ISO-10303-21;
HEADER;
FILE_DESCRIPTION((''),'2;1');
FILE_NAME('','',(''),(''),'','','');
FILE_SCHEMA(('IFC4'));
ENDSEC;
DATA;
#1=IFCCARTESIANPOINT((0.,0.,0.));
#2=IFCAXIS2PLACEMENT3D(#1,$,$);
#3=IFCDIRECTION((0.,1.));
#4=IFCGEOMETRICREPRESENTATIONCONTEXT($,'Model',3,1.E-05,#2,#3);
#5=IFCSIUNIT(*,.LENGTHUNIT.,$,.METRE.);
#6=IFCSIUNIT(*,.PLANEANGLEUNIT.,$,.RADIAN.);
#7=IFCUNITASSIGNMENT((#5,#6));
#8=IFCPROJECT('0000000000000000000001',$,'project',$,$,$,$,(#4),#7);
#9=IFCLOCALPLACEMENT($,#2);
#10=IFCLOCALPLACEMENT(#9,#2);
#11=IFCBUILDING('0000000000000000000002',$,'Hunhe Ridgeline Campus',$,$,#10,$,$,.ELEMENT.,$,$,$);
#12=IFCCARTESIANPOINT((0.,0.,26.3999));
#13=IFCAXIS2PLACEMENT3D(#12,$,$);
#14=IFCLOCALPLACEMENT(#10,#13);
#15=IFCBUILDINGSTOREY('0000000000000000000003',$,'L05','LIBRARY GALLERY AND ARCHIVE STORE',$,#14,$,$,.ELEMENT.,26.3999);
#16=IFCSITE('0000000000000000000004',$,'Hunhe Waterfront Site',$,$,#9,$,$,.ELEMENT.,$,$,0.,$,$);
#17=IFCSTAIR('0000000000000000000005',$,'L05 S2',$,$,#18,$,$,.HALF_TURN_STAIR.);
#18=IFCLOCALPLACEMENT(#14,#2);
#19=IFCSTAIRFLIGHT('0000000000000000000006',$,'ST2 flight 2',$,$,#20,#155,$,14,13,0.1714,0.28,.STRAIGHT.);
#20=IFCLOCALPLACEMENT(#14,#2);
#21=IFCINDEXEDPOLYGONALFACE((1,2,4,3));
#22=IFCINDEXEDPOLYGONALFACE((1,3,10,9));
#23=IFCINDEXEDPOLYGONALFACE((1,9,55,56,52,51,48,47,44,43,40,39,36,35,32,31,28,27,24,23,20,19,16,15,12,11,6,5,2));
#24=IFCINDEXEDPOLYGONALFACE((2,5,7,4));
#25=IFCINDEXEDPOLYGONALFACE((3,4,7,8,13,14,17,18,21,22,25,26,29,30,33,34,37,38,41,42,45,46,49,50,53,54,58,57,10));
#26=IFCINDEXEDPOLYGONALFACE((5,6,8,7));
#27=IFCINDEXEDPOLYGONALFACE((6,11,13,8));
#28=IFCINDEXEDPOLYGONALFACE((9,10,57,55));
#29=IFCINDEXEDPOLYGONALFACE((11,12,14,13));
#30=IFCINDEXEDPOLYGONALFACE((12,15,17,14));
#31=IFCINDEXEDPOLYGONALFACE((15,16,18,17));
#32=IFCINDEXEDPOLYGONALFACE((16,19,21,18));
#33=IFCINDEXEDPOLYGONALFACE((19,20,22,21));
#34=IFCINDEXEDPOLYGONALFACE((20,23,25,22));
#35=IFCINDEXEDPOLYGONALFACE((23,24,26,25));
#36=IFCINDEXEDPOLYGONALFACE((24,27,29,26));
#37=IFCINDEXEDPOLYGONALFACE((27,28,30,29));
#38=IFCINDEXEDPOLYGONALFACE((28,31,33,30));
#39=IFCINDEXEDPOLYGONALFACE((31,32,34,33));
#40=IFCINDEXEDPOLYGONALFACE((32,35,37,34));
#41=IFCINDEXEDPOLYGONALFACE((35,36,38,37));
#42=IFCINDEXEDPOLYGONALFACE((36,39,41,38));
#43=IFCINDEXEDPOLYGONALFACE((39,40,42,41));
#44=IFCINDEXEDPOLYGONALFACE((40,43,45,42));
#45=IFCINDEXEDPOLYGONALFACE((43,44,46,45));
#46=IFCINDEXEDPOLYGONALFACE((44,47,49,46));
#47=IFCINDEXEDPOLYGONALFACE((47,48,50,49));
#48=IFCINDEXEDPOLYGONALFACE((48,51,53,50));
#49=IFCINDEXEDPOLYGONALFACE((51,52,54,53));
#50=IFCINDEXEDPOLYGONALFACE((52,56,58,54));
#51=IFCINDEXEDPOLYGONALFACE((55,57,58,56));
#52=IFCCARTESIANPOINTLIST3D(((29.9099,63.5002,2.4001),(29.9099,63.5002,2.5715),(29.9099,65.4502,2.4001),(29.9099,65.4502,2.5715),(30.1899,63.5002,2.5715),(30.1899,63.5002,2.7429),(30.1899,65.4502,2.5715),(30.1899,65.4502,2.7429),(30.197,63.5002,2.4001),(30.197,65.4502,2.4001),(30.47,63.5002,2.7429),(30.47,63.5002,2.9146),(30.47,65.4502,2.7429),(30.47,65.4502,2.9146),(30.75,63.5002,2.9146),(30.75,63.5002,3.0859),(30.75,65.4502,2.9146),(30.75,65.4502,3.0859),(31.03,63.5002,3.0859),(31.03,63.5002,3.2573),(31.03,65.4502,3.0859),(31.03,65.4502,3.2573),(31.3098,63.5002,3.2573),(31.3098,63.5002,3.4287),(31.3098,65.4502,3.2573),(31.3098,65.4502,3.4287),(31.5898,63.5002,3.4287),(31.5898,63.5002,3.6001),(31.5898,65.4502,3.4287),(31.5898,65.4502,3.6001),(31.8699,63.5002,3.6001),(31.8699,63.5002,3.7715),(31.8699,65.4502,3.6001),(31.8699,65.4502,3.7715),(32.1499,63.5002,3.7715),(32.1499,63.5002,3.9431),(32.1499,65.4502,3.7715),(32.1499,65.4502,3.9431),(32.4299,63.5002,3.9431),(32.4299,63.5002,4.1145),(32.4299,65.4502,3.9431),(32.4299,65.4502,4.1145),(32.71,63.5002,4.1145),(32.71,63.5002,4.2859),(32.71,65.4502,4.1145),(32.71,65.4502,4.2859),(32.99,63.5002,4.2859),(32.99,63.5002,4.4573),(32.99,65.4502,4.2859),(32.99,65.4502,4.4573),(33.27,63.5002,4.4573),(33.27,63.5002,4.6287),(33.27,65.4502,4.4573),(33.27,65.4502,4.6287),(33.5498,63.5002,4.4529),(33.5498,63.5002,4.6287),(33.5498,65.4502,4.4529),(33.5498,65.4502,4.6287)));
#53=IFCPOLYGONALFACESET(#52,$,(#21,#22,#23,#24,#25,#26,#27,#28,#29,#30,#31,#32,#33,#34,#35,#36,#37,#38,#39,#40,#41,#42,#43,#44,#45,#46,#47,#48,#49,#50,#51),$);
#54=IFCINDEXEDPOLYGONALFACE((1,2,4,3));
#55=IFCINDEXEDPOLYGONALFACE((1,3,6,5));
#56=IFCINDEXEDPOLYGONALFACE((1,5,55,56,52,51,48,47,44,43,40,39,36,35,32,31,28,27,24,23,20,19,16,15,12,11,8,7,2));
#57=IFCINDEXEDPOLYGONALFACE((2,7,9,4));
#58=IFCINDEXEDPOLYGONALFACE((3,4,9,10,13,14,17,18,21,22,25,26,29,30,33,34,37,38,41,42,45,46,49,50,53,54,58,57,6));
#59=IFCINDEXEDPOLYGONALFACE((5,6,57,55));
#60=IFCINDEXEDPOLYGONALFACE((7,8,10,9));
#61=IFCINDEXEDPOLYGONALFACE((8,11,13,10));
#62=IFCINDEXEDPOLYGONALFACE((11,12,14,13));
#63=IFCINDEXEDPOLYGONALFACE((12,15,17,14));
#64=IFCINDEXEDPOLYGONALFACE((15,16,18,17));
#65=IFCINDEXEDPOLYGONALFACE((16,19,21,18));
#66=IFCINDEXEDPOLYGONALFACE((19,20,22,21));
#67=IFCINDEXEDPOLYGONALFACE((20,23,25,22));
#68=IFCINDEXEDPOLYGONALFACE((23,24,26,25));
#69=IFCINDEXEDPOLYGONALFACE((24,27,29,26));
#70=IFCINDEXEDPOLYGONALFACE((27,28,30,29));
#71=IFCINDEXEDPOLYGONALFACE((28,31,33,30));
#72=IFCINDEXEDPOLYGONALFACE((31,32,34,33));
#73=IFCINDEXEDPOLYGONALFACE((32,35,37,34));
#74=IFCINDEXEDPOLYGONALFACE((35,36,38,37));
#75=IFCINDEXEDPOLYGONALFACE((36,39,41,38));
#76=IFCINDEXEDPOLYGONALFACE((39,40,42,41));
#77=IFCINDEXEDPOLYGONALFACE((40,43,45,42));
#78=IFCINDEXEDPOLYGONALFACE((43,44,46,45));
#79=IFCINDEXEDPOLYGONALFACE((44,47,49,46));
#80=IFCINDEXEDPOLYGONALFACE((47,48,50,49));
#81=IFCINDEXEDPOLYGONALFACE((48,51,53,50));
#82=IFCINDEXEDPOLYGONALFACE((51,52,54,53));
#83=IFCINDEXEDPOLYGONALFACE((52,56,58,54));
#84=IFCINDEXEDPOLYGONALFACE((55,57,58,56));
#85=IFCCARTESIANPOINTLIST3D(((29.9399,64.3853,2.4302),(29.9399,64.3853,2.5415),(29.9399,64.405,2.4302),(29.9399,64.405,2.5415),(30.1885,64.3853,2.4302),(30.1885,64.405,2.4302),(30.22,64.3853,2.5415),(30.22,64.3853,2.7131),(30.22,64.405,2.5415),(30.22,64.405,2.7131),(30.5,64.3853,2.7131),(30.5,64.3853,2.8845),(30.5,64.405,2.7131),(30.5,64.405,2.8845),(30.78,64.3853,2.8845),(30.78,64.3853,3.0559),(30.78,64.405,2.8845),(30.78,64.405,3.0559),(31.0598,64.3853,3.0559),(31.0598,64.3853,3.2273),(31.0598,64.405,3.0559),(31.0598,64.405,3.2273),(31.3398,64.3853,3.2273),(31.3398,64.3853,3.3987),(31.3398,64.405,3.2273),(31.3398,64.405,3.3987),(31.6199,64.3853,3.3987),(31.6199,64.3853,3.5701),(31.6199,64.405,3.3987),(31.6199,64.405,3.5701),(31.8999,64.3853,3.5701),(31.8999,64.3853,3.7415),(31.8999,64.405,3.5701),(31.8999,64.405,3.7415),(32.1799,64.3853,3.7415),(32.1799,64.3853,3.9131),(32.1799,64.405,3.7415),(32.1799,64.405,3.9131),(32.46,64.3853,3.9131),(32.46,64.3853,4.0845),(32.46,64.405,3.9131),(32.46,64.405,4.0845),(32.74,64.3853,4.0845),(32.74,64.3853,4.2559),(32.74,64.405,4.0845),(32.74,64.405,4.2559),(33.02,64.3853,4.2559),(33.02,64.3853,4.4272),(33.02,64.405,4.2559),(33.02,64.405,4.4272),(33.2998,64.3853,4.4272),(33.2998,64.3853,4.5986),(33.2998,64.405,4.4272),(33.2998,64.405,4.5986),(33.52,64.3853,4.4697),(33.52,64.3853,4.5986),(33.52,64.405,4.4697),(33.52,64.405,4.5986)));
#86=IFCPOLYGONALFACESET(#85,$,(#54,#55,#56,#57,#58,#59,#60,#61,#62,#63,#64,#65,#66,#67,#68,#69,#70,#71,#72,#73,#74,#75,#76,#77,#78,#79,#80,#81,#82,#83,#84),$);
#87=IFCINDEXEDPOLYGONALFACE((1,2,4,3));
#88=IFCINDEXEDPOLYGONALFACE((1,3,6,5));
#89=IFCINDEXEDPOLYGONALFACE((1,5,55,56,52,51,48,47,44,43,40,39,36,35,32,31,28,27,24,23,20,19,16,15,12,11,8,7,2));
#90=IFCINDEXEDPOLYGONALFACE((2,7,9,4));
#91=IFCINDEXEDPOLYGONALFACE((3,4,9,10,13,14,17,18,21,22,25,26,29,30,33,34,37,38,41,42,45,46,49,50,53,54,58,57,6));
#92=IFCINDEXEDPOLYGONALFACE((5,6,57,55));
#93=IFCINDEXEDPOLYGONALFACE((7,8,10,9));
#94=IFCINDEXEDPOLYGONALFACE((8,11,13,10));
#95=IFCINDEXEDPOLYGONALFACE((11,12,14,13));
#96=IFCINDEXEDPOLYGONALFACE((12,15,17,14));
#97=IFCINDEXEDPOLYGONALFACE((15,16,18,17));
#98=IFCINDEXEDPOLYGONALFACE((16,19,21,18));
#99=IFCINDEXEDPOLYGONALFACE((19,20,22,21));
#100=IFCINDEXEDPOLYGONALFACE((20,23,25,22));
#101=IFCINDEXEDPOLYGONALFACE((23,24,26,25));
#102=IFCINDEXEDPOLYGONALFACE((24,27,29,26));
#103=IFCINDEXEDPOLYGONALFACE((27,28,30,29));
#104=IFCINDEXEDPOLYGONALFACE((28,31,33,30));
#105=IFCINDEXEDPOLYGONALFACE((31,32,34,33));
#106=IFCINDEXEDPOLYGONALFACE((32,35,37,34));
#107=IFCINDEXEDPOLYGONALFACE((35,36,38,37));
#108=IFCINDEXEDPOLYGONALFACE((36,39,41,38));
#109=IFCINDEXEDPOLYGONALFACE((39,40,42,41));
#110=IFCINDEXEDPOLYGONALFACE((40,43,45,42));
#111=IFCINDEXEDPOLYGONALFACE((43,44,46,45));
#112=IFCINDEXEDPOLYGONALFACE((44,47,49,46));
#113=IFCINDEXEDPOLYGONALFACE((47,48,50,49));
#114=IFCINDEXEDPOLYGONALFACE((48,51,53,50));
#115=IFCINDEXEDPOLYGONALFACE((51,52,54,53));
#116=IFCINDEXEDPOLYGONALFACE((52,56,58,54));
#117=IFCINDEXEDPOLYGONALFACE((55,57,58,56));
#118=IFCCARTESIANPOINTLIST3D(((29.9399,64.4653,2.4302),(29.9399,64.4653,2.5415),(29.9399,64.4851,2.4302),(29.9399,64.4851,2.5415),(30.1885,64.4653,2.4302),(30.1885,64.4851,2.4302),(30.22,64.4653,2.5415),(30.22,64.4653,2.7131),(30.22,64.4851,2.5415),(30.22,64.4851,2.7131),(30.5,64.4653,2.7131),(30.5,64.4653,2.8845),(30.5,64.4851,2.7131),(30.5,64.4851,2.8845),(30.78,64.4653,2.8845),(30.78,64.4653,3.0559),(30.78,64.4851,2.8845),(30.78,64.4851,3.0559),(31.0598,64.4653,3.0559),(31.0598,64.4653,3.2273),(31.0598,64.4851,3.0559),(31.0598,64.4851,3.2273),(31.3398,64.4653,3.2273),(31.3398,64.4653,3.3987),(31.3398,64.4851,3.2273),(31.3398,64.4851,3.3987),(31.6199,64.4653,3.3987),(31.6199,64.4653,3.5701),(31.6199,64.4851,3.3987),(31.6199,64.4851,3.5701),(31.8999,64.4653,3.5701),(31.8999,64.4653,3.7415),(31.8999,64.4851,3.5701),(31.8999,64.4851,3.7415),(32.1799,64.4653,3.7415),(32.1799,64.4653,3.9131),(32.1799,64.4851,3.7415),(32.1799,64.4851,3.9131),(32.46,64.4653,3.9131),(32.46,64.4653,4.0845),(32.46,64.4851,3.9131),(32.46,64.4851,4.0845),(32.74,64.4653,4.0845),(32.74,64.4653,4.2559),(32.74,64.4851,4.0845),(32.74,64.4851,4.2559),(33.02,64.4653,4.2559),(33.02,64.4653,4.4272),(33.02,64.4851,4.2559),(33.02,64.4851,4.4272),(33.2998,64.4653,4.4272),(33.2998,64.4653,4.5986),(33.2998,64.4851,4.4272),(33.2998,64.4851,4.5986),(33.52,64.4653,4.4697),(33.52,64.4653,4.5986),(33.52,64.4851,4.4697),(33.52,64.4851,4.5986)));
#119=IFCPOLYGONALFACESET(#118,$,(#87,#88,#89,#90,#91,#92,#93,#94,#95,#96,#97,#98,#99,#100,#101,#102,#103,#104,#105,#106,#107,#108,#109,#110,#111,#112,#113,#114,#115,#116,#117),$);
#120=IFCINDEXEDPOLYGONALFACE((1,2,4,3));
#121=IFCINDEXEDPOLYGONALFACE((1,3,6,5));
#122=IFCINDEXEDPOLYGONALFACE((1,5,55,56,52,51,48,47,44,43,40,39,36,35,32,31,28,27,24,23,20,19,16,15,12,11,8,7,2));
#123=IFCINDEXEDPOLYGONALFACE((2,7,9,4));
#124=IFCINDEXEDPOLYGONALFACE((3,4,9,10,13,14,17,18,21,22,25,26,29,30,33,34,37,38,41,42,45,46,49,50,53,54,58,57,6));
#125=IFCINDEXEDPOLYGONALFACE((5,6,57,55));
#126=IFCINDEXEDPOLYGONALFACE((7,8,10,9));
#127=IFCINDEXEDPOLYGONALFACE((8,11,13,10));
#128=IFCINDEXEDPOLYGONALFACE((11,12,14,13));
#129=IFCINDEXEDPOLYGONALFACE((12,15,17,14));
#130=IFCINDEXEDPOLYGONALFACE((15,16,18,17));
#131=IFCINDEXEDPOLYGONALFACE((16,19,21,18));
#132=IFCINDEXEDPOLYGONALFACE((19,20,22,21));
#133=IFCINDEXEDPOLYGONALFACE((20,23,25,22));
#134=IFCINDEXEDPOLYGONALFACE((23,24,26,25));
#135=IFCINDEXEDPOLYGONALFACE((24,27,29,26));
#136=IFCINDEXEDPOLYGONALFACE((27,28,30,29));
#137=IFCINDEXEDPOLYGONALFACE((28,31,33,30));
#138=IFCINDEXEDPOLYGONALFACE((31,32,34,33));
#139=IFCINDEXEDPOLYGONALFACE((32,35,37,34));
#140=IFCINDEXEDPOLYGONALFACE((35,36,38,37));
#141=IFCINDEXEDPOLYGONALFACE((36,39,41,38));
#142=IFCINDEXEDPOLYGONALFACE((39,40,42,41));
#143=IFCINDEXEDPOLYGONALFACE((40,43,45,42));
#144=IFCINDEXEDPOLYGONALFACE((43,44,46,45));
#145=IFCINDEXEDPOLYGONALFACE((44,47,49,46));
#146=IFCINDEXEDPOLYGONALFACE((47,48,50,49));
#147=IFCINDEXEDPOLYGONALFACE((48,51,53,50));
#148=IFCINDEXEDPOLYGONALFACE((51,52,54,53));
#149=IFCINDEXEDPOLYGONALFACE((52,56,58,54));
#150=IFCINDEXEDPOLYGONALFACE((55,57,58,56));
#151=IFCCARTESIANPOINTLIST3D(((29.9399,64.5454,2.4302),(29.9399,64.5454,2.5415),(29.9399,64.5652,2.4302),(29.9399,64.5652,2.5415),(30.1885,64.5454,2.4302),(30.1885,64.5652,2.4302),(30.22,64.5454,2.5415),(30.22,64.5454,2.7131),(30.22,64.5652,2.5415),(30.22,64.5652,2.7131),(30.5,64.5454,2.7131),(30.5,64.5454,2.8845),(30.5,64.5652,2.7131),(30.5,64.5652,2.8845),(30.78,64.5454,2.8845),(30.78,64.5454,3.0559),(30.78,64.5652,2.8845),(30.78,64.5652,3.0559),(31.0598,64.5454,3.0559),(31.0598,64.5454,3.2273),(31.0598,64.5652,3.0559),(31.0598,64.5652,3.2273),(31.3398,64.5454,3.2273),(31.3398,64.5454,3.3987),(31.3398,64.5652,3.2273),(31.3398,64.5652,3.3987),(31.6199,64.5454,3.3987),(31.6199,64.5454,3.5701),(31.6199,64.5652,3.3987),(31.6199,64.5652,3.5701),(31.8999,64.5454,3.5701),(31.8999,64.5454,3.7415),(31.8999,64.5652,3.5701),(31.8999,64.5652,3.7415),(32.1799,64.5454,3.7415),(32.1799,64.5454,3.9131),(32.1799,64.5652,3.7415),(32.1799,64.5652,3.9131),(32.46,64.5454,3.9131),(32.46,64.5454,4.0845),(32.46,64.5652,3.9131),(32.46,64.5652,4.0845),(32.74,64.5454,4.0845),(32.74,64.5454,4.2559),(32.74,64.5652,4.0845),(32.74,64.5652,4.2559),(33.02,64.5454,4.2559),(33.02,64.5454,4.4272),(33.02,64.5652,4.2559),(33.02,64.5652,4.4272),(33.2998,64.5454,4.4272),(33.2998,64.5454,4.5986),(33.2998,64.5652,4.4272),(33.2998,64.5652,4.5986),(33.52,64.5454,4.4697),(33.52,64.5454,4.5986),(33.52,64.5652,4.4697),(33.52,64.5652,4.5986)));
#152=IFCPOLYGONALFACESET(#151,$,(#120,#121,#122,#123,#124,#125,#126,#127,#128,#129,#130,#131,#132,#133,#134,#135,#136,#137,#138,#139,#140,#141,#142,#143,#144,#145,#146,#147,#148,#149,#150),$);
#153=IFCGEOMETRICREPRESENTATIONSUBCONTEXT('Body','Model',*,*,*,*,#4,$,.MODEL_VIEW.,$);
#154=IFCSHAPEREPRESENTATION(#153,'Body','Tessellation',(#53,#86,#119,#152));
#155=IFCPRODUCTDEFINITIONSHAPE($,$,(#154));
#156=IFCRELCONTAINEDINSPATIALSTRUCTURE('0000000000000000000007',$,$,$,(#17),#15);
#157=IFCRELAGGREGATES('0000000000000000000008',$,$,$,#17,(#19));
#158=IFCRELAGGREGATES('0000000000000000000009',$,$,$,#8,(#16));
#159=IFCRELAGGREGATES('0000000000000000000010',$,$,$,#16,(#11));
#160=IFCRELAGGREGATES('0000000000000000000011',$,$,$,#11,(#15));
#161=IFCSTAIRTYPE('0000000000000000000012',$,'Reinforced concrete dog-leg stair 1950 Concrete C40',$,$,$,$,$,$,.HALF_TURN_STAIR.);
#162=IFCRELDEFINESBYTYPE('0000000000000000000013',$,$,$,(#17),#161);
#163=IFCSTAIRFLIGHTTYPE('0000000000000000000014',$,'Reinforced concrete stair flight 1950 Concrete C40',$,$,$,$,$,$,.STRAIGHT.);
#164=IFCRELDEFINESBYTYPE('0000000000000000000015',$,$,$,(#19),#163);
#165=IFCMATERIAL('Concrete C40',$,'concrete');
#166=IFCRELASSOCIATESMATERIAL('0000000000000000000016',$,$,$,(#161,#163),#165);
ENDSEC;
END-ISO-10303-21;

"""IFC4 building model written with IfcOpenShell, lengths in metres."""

from ifc_helpers import new_model, si_unit, direction, frame, origin, place, context, subcontext, project, spatial, polyline, outline, extrude, material, type_object, element, aggregate, save


model = new_model("IFC4")

# Units and contexts
model_context = context("Model", 3, precision=1e-05, world=origin(), true_north=direction((0.0, 1.0)))
body_context = subcontext(model_context, "Body", "Model", "MODEL_VIEW")
ifc_project = project(units=[si_unit("LENGTHUNIT", "METRE"), si_unit("PLANEANGLEUNIT", "RADIAN")], contexts=[model_context])

# Site, building, storey
site_placement = place(None, origin())
site = spatial("IfcSite", under=ifc_project, at=site_placement, Name="Hunhe Waterfront Site", CompositionType="ELEMENT", RefElevation=0.0)
building_placement = place(site_placement, origin())
building = spatial("IfcBuilding", under=site, at=building_placement, Name="Hunhe Ridgeline Campus", CompositionType="ELEMENT")
storey_placement = place(building_placement, frame((0.0, 0.0, 26.3999)))
storey = spatial("IfcBuildingStorey", under=building, at=storey_placement, Name="L05", Description="LIBRARY GALLERY AND ARCHIVE STORE", CompositionType="ELEMENT", Elevation=26.3999)

# Stair, stair flight
ifc_material_1 = material(Name="Concrete C40", Category="concrete")
stair_type = type_object("IfcStairType", Name="Reinforced concrete dog-leg stair 1950 Concrete C40", PredefinedType="HALF_TURN_STAIR", material=ifc_material_1)
stair_placement = place(storey_placement, origin())
stair = element("IfcStair", 1, at=stair_placement, inside=storey, type_object=stair_type, Name="L05 S2", PredefinedType="HALF_TURN_STAIR")
stair_flight_type = type_object("IfcStairFlightType", Name="Reinforced concrete stair flight 1950 Concrete C40", PredefinedType="STRAIGHT", material=ifc_material_1)
stair_flight_1_placement = place(storey_placement, frame((29.9099, 64.4751, 2.4001), z_axis=(0.0, 0.0, 1.0), x_axis=(1.0, 0.0, 0.0)))
stair_flight_1 = element("IfcStairFlight", 2, at=stair_flight_1_placement, type_object=stair_flight_type, Name="ST2 flight 2", NumberOfRisers=14, NumberOfTreads=13, PredefinedType="STRAIGHT", RiserHeight=0.1714, TreadLength=0.28, context=body_context, shape_type="SweptSolid", body=[
    extrude(outline(polyline([(0.0, 0.0), (0.0, 0.1714), (0.28, 0.1714), (0.28, 0.3428), (0.5601, 0.3428), (0.5601, 0.5144), (0.8401, 0.5144), (0.8401, 0.6858), (1.1201, 0.6858), (1.1201, 0.8572), (1.3999, 0.8572), (1.3999, 1.0286), (1.6799, 1.0286), (1.6799, 1.2), (1.96, 1.2), (1.96, 1.3713), (2.24, 1.3713), (2.24, 1.543), (2.52, 1.543), (2.52, 1.7144), (2.8, 1.7144), (2.8, 1.8857), (3.0801, 1.8857), (3.0801, 2.0571), (3.3601, 2.0571), (3.3601, 2.2285), (3.6399, 2.2285), (3.6399, 2.3999), (3.6399, 2.0527), (0.2871, 0.0), (0.0, 0.0)])), frame((0.0, 0.9751, 0.0), z_axis=(0.0, -1.0, 0.0), x_axis=(1.0, 0.0, 0.0)), (0.0, 0.0, 1.0), 1.95),
    extrude(outline(polyline([(0.03, 0.03), (0.03, 0.1414), (0.3101, 0.1414), (0.3101, 0.313), (0.5901, 0.313), (0.5901, 0.4844), (0.8701, 0.4844), (0.8701, 0.6558), (1.1499, 0.6558), (1.1499, 0.8271), (1.4299, 0.8271), (1.4299, 0.9985), (1.71, 0.9985), (1.71, 1.1699), (1.99, 1.1699), (1.99, 1.3413), (2.27, 1.3413), (2.27, 1.5129), (2.55, 1.5129), (2.55, 1.6843), (2.8301, 1.6843), (2.8301, 1.8557), (3.1101, 1.8557), (3.1101, 2.0271), (3.3899, 2.0271), (3.3899, 2.1985), (3.6101, 2.1985), (3.6101, 2.0696), (0.2786, 0.03), (0.03, 0.03)])), frame((0.0, -0.0701, 0.0), z_axis=(0.0, -1.0, 0.0), x_axis=(1.0, 0.0, 0.0)), (0.0, 0.0, 1.0), 0.0198),
    extrude(outline(polyline([(0.03, 0.03), (0.03, 0.1414), (0.3101, 0.1414), (0.3101, 0.313), (0.5901, 0.313), (0.5901, 0.4844), (0.8701, 0.4844), (0.8701, 0.6558), (1.1499, 0.6558), (1.1499, 0.8271), (1.4299, 0.8271), (1.4299, 0.9985), (1.71, 0.9985), (1.71, 1.1699), (1.99, 1.1699), (1.99, 1.3413), (2.27, 1.3413), (2.27, 1.5129), (2.55, 1.5129), (2.55, 1.6843), (2.8301, 1.6843), (2.8301, 1.8557), (3.1101, 1.8557), (3.1101, 2.0271), (3.3899, 2.0271), (3.3899, 2.1985), (3.6101, 2.1985), (3.6101, 2.0696), (0.2786, 0.03), (0.03, 0.03)])), frame((0.0, 0.01, 0.0), z_axis=(0.0, -1.0, 0.0), x_axis=(1.0, 0.0, 0.0)), (0.0, 0.0, 1.0), 0.0198),
    extrude(outline(polyline([(0.03, 0.03), (0.03, 0.1414), (0.3101, 0.1414), (0.3101, 0.313), (0.5901, 0.313), (0.5901, 0.4844), (0.8701, 0.4844), (0.8701, 0.6558), (1.1499, 0.6558), (1.1499, 0.8271), (1.4299, 0.8271), (1.4299, 0.9985), (1.71, 0.9985), (1.71, 1.1699), (1.99, 1.1699), (1.99, 1.3413), (2.27, 1.3413), (2.27, 1.5129), (2.55, 1.5129), (2.55, 1.6843), (2.8301, 1.6843), (2.8301, 1.8557), (3.1101, 1.8557), (3.1101, 2.0271), (3.3899, 2.0271), (3.3899, 2.1985), (3.6101, 2.1985), (3.6101, 2.0696), (0.2786, 0.03), (0.03, 0.03)])), frame((0.0, 0.0901, 0.0), z_axis=(0.0, -1.0, 0.0), x_axis=(1.0, 0.0, 0.0)), (0.0, 0.0, 1.0), 0.0198),
])
aggregate(stair, [stair_flight_1])

save(model, "model.ifc")
